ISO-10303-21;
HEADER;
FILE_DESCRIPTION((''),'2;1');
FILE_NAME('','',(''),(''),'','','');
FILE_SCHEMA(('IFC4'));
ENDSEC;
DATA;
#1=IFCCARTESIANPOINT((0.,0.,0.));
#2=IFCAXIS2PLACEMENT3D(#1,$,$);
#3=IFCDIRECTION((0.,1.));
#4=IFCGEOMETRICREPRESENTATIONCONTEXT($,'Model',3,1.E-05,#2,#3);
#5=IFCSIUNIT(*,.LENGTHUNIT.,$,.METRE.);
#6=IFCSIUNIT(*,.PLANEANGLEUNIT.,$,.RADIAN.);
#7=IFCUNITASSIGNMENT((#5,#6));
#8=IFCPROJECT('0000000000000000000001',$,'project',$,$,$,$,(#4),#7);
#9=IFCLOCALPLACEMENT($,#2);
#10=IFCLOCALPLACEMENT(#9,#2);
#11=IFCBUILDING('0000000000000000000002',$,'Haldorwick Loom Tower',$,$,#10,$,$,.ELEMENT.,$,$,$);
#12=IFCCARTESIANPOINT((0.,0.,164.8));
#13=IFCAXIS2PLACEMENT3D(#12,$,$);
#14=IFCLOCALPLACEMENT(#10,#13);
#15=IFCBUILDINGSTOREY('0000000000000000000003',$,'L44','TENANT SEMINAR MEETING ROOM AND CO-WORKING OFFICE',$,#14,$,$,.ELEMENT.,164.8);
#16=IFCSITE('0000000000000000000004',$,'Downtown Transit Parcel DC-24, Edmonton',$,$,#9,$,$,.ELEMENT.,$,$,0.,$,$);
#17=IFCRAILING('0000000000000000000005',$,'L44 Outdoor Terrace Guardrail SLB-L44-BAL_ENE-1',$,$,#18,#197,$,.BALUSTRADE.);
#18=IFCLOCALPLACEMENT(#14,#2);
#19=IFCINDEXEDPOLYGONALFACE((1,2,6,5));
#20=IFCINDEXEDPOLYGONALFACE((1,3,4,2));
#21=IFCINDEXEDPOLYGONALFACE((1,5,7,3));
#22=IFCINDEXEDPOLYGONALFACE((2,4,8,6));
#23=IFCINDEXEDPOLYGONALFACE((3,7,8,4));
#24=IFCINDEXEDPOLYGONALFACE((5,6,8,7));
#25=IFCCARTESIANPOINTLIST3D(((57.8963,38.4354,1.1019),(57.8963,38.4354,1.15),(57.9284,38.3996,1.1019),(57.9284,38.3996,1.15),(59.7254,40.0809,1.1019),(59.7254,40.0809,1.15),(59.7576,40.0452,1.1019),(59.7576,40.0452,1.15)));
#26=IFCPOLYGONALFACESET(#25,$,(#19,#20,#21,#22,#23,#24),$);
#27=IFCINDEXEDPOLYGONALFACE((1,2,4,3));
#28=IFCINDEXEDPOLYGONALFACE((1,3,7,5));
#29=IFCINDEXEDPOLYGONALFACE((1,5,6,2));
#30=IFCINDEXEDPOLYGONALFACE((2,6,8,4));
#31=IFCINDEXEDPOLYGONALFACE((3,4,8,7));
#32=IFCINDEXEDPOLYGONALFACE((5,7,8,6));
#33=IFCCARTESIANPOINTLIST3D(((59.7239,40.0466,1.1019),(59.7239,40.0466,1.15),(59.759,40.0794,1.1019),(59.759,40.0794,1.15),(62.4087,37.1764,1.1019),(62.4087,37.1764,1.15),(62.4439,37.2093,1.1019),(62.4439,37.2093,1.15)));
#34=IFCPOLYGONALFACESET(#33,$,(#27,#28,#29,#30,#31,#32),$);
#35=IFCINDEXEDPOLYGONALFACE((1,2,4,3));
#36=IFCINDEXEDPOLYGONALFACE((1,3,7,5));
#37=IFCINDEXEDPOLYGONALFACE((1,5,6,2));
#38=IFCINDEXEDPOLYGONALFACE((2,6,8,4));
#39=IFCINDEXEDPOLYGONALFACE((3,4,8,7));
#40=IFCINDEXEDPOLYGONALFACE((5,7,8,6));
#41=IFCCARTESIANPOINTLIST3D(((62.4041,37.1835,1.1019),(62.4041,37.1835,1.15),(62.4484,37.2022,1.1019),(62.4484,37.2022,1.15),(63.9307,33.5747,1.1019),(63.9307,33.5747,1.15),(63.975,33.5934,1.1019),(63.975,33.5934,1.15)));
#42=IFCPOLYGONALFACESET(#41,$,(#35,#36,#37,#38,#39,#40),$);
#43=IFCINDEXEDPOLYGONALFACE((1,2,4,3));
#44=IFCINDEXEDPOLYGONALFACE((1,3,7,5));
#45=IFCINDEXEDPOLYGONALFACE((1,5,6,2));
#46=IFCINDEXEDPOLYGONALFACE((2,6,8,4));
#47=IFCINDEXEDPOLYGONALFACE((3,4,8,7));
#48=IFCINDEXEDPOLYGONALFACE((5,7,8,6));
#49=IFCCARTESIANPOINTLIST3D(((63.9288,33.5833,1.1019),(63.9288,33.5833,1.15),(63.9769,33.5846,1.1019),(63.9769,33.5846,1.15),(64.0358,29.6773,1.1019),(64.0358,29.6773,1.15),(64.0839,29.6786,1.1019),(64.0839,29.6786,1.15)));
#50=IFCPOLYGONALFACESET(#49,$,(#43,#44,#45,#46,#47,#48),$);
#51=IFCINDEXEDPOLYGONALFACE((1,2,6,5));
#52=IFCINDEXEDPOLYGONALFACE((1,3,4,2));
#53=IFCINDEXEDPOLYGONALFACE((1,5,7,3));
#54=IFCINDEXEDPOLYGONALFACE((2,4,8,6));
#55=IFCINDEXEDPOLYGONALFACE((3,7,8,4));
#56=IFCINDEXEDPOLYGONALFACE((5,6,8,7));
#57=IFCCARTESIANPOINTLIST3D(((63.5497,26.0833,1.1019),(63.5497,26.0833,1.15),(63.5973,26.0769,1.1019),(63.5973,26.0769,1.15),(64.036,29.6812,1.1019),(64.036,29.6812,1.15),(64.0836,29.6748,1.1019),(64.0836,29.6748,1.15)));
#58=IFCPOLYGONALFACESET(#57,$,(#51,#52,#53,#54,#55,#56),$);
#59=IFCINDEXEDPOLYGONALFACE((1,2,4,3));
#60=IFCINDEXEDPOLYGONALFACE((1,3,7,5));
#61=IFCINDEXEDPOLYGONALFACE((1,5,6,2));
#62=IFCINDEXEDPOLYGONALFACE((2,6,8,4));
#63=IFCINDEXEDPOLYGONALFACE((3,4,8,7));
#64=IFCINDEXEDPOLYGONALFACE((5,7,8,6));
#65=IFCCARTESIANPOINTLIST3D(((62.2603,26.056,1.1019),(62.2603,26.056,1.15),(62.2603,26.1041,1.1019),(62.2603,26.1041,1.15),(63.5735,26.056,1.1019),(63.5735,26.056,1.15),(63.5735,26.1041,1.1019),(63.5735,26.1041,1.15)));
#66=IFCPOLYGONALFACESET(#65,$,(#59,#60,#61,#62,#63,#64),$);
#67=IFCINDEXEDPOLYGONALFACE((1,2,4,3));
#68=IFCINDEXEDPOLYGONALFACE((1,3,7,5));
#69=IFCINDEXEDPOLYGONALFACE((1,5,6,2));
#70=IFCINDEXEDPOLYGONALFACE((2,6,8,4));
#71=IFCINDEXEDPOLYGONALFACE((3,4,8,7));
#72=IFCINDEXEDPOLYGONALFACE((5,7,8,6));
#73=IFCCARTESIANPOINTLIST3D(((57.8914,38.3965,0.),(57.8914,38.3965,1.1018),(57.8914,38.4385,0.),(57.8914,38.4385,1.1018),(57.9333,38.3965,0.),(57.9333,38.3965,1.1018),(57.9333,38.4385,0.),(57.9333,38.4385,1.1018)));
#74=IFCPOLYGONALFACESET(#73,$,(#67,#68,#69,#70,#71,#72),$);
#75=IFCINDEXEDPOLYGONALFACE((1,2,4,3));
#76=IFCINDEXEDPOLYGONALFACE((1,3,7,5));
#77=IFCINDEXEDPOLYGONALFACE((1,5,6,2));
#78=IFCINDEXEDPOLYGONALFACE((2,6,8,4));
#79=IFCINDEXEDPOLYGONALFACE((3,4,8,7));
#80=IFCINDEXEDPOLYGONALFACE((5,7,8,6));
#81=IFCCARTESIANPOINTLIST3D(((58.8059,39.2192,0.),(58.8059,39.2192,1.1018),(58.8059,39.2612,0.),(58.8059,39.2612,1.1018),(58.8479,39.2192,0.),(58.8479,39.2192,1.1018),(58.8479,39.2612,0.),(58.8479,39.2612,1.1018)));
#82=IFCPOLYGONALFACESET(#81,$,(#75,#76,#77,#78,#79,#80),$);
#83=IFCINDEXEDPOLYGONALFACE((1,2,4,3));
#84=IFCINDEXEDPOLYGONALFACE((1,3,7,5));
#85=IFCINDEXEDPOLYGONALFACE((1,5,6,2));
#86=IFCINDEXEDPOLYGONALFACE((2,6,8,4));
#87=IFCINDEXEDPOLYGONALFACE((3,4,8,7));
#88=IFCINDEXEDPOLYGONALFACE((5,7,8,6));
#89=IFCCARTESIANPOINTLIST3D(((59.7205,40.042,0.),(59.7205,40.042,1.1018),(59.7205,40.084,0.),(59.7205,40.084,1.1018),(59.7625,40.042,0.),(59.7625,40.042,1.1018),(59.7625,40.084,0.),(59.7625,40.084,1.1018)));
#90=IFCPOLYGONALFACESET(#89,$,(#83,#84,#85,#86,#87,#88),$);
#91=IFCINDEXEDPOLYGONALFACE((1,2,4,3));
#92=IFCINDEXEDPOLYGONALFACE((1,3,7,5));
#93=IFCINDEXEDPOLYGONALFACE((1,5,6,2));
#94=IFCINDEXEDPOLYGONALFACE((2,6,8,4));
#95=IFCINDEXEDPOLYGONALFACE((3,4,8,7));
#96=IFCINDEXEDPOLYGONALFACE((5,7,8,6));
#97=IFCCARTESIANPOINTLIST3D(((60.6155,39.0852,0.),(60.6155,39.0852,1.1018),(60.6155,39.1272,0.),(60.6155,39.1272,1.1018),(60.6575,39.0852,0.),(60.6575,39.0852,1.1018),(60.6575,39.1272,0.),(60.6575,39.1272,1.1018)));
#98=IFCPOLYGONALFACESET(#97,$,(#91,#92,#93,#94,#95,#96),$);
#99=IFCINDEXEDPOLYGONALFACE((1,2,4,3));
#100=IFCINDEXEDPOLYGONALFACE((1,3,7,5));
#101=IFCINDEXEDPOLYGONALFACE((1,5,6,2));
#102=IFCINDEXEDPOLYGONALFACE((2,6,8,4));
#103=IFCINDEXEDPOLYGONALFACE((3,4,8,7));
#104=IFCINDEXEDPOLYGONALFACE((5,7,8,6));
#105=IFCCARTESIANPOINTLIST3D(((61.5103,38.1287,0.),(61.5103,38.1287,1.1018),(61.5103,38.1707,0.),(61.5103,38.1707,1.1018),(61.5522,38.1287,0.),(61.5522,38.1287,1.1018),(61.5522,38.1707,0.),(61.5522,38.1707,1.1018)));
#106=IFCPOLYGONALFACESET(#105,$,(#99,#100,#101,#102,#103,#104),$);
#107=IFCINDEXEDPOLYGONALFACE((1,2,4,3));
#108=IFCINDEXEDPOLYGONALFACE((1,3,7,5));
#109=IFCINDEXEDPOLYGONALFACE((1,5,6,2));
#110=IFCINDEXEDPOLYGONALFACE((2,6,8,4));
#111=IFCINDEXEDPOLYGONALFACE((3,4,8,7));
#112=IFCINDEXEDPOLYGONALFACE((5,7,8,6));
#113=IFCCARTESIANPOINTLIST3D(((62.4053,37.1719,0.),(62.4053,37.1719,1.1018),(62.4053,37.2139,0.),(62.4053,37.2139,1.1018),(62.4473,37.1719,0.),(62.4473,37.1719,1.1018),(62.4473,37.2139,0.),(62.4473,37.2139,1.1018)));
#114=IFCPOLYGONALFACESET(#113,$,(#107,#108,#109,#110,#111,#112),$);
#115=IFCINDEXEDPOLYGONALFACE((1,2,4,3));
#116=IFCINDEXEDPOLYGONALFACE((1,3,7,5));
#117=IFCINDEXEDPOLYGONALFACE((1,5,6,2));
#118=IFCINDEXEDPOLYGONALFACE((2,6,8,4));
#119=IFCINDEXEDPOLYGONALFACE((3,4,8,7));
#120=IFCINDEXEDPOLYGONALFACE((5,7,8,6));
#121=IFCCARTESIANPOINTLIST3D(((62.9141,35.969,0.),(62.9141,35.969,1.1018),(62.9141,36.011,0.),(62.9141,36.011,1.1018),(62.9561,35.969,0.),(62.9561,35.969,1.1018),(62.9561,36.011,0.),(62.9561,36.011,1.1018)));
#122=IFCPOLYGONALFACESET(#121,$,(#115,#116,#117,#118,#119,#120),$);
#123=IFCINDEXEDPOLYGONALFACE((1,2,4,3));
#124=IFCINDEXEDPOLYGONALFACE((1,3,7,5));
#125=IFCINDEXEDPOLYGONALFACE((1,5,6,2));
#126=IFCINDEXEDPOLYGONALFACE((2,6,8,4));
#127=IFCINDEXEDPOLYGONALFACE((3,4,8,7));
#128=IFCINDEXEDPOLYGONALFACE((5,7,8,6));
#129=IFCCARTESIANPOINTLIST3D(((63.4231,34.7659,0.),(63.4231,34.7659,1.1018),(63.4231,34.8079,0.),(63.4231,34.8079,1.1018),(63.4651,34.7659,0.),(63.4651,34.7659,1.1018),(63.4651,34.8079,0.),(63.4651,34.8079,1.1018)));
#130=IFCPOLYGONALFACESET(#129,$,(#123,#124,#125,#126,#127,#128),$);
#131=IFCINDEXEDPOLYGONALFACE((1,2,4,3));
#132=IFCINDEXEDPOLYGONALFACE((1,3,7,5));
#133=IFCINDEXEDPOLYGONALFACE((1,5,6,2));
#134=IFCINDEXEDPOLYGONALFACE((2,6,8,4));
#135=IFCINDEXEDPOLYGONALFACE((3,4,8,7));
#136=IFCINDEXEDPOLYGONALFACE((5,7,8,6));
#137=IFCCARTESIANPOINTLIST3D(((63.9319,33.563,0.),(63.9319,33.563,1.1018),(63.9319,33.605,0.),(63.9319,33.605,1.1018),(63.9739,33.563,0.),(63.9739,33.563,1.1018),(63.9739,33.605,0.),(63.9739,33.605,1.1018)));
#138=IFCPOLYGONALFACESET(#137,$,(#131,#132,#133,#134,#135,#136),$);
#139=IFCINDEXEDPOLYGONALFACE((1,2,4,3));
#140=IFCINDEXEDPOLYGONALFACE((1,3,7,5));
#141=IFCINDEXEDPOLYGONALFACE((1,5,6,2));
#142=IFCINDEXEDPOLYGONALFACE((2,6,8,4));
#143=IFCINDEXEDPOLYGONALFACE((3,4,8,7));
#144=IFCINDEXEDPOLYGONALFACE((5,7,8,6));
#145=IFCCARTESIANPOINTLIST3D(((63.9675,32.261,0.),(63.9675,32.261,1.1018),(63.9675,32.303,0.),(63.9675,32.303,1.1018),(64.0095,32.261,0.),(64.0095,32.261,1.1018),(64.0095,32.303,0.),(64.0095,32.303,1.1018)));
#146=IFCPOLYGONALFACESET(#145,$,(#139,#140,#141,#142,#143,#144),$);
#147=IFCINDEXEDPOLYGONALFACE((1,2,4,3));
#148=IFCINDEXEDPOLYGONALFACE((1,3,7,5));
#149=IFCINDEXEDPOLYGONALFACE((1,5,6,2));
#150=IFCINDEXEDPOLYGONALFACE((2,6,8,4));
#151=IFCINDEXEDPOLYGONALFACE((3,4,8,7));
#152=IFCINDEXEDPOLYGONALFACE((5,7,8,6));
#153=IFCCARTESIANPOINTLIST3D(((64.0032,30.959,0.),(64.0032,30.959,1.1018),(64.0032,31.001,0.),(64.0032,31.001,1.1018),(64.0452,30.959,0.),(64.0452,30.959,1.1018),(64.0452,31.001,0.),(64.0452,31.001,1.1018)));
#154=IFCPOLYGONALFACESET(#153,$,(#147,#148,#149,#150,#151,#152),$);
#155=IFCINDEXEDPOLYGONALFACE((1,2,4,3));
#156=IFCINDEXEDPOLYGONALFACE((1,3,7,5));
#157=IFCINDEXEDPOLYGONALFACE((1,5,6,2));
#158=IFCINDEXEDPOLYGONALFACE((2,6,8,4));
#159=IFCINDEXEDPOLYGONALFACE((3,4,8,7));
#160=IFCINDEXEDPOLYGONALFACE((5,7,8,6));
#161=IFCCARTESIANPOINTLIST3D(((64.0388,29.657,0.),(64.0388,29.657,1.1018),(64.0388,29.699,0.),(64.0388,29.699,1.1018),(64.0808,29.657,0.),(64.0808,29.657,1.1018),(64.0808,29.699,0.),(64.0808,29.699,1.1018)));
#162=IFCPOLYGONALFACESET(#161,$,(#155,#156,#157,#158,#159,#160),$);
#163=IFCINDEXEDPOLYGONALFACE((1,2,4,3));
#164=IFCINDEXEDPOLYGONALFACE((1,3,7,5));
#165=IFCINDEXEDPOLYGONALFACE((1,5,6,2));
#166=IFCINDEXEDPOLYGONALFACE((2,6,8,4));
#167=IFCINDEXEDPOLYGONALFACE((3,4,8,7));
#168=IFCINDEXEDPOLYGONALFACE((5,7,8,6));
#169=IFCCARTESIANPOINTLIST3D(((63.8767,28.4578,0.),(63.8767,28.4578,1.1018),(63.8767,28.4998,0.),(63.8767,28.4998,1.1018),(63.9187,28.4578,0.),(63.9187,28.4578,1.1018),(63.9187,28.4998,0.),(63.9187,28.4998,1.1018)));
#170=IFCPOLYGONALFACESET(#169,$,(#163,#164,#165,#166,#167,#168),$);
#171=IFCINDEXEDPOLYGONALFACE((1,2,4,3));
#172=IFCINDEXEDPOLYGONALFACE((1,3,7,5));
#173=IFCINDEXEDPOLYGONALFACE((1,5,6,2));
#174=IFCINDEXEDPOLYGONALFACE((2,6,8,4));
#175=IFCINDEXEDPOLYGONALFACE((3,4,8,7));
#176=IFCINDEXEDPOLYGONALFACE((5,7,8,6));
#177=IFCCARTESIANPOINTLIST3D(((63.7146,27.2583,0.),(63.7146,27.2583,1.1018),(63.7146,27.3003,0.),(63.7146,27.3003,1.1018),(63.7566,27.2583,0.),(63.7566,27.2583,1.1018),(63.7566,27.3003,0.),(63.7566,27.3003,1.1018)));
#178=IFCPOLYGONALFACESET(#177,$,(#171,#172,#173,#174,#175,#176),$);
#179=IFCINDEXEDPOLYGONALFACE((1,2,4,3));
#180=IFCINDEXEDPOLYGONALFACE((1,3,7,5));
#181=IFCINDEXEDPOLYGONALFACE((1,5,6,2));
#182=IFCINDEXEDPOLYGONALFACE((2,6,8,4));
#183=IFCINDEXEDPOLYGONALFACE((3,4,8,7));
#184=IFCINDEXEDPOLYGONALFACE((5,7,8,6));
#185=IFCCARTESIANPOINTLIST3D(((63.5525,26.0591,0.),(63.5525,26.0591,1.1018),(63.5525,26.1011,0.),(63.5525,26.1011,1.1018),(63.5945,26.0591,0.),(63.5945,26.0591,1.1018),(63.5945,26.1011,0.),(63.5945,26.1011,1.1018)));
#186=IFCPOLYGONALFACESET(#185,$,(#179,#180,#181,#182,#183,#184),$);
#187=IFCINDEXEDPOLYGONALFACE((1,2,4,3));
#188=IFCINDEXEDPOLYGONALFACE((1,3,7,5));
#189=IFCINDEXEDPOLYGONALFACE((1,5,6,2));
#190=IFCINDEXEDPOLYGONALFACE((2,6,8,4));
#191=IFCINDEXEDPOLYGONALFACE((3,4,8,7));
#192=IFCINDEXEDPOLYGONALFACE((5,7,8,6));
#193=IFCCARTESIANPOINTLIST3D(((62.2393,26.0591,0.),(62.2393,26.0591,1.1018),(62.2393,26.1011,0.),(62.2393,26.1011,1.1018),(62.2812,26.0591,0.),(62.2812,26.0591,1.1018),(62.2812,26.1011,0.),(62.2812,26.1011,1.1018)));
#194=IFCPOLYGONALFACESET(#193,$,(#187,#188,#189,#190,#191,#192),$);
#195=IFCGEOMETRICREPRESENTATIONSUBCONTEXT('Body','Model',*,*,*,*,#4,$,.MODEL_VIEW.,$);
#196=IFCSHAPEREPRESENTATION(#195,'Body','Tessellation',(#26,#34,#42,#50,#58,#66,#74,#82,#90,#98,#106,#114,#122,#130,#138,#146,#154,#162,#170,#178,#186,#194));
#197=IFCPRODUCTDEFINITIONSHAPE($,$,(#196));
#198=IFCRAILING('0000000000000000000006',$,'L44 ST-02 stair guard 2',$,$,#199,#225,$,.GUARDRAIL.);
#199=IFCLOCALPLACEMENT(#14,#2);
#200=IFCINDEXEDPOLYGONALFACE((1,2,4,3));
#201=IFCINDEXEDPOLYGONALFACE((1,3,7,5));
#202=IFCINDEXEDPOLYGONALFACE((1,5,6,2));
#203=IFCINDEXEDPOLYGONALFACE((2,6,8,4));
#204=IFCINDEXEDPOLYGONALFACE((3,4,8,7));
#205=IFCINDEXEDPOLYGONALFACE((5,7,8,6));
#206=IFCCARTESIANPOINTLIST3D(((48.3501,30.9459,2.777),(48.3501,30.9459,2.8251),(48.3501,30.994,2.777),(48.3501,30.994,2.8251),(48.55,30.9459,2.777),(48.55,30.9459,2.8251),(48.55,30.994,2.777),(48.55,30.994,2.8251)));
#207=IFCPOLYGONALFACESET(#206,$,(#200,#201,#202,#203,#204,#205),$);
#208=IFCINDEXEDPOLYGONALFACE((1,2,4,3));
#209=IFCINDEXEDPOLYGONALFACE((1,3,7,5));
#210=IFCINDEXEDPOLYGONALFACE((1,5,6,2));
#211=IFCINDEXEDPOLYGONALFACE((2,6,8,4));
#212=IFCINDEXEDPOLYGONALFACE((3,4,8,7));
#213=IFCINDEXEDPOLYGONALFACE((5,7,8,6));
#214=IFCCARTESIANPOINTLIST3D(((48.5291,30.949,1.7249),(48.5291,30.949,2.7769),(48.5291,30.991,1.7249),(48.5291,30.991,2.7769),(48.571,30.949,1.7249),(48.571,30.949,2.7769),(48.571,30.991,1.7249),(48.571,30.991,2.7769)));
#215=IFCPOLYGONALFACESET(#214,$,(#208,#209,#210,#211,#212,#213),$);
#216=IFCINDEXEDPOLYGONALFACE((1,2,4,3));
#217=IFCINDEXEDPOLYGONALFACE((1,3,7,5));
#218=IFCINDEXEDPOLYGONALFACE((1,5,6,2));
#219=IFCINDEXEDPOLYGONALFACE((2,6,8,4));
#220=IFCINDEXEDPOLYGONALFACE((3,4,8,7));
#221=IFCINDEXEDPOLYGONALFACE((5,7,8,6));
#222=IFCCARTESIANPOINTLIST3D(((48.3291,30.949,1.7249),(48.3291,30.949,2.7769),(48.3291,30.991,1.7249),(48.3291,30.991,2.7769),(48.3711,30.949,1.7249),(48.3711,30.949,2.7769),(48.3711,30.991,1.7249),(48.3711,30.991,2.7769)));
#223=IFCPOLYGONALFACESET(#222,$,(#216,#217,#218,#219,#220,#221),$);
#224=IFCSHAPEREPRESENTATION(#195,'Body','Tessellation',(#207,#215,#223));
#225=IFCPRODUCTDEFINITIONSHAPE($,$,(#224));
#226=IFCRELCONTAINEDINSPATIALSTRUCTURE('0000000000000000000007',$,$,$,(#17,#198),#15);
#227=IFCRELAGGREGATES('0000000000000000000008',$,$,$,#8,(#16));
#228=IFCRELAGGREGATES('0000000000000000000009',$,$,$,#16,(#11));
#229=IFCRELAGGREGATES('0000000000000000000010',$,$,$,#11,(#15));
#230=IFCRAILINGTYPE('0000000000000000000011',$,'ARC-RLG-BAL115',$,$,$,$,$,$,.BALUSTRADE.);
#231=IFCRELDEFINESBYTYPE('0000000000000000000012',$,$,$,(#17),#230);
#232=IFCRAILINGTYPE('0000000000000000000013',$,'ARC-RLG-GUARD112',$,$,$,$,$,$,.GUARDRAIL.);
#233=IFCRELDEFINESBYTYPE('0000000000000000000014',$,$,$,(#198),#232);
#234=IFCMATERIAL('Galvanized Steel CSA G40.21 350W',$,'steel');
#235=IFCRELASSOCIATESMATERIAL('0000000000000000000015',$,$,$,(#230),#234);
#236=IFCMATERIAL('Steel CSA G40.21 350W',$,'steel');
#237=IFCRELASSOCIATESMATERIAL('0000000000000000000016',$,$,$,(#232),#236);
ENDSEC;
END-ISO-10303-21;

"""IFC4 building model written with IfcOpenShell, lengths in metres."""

from ifc_helpers import new_model, si_unit, direction, frame, origin, origin_2d, place, context, subcontext, project, spatial, rectangle, extrude, material, type_object, element, save


model = new_model("IFC4")

# Units and contexts
model_context = context("Model", 3, precision=1e-05, world=origin(), true_north=direction((0.0, 1.0)))
body_context = subcontext(model_context, "Body", "Model", "MODEL_VIEW")
ifc_project = project(units=[si_unit("LENGTHUNIT", "METRE"), si_unit("PLANEANGLEUNIT", "RADIAN")], contexts=[model_context])

# Site, building, storey
site_placement = place(None, origin())
site = spatial("IfcSite", under=ifc_project, at=site_placement, Name="Downtown Transit Parcel DC-24, Edmonton", CompositionType="ELEMENT", RefElevation=0.0)
building_placement = place(site_placement, origin())
building = spatial("IfcBuilding", under=site, at=building_placement, Name="Haldorwick Loom Tower", CompositionType="ELEMENT")
storey_placement = place(building_placement, frame((0.0, 0.0, 164.8)))
storey = spatial("IfcBuildingStorey", under=building, at=storey_placement, Name="L44", Description="TENANT SEMINAR MEETING ROOM AND CO-WORKING OFFICE", CompositionType="ELEMENT", Elevation=164.8)

# Shared definitions
ifc_material_1 = material(Name="Steel CSA G40.21 350W", Category="steel")

# Railings
ifc_material_2 = material(Name="Galvanized Steel CSA G40.21 350W", Category="steel")
railing_type_1 = type_object("IfcRailingType", Name="ARC-RLG-BAL115", PredefinedType="BALUSTRADE", material=ifc_material_2)
railing_1_placement = place(storey_placement, frame((57.9124, 38.4175, 0.0)))
element("IfcRailing", 1, at=railing_1_placement, inside=storey, type_object=railing_type_1, Name="L44 Outdoor Terrace Guardrail SLB-L44-BAL_ENE-1", PredefinedType="BALUSTRADE", context=body_context, shape_type="SweptSolid", body=[
    extrude(rectangle(XDim=0.0481, YDim=0.0481, at=origin_2d()), frame((0.0, 0.0, 1.126), z_axis=(0.743432, 0.668811, 0.0), x_axis=(-0.668811, 0.743432, 0.0)), (0.0, 0.0, 1.0), 2.4604),
    extrude(rectangle(XDim=0.0481, YDim=0.0481, at=origin_2d()), frame((1.8291, 1.6455, 1.126), z_axis=(0.683139, -0.730288, 0.0), x_axis=(0.730288, 0.683139, 0.0)), (0.0, 0.0, 1.0), 3.9302),
    extrude(rectangle(XDim=0.0481, YDim=0.0481, at=origin_2d()), frame((4.5139, -1.2246, 1.126), z_axis=(0.389591, -0.920988, 0.0), x_axis=(0.920988, 0.389591, 0.0)), (0.0, 0.0, 1.0), 3.9185),
    extrude(rectangle(XDim=0.0481, YDim=0.0481, at=origin_2d()), frame((6.0405, -4.8335, 1.126), z_axis=(0.027366, -0.999625, 0.0), x_axis=(0.999625, 0.027366, 0.0)), (0.0, 0.0, 1.0), 3.9075),
    extrude(rectangle(XDim=0.0481, YDim=0.0481, at=origin_2d()), frame((6.1475, -8.7395, 1.126), z_axis=(-0.133952, -0.990988, 0.0), x_axis=(0.990988, -0.133952, 0.0)), (0.0, 0.0, 1.0), 3.6306),
    extrude(rectangle(XDim=0.0481, YDim=0.0481, at=origin_2d()), frame((5.6611, -12.3374, 1.126), z_axis=(-1.0, 0.0, 0.0), x_axis=(0.0, -1.0, 0.0)), (0.0, 0.0, 1.0), 1.3132),
    extrude(rectangle(XDim=0.042, YDim=0.042, at=origin_2d()), origin(), (0.0, 0.0, 1.0), 1.1018),
    extrude(rectangle(XDim=0.042, YDim=0.042, at=origin_2d()), frame((0.9146, 0.8228, 0.0)), (0.0, 0.0, 1.0), 1.1018),
    extrude(rectangle(XDim=0.042, YDim=0.042, at=origin_2d()), frame((1.8291, 1.6455, 0.0)), (0.0, 0.0, 1.0), 1.1018),
    extrude(rectangle(XDim=0.042, YDim=0.042, at=origin_2d()), frame((2.7241, 0.6887, 0.0)), (0.0, 0.0, 1.0), 1.1018),
    extrude(rectangle(XDim=0.042, YDim=0.042, at=origin_2d()), frame((3.6189, -0.2678, 0.0)), (0.0, 0.0, 1.0), 1.1018),
    extrude(rectangle(XDim=0.042, YDim=0.042, at=origin_2d()), frame((4.5139, -1.2246, 0.0)), (0.0, 0.0, 1.0), 1.1018),
    extrude(rectangle(XDim=0.042, YDim=0.042, at=origin_2d()), frame((5.0227, -2.4275, 0.0)), (0.0, 0.0, 1.0), 1.1018),
    extrude(rectangle(XDim=0.042, YDim=0.042, at=origin_2d()), frame((5.5317, -3.6306, 0.0)), (0.0, 0.0, 1.0), 1.1018),
    extrude(rectangle(XDim=0.042, YDim=0.042, at=origin_2d()), frame((6.0405, -4.8335, 0.0)), (0.0, 0.0, 1.0), 1.1018),
    extrude(rectangle(XDim=0.042, YDim=0.042, at=origin_2d()), frame((6.0762, -6.1355, 0.0)), (0.0, 0.0, 1.0), 1.1018),
    extrude(rectangle(XDim=0.042, YDim=0.042, at=origin_2d()), frame((6.1118, -7.4375, 0.0)), (0.0, 0.0, 1.0), 1.1018),
    extrude(rectangle(XDim=0.042, YDim=0.042, at=origin_2d()), frame((6.1475, -8.7395, 0.0)), (0.0, 0.0, 1.0), 1.1018),
    extrude(rectangle(XDim=0.042, YDim=0.042, at=origin_2d()), frame((5.9854, -9.9387, 0.0)), (0.0, 0.0, 1.0), 1.1018),
    extrude(rectangle(XDim=0.042, YDim=0.042, at=origin_2d()), frame((5.8232, -11.1382, 0.0)), (0.0, 0.0, 1.0), 1.1018),
    extrude(rectangle(XDim=0.042, YDim=0.042, at=origin_2d()), frame((5.6611, -12.3374, 0.0)), (0.0, 0.0, 1.0), 1.1018),
    extrude(rectangle(XDim=0.042, YDim=0.042, at=origin_2d()), frame((4.3479, -12.3374, 0.0)), (0.0, 0.0, 1.0), 1.1018),
])
railing_type_2 = type_object("IfcRailingType", Name="ARC-RLG-GUARD112", PredefinedType="GUARDRAIL", material=ifc_material_1)
railing_2_placement = place(storey_placement, frame((48.55, 30.97, 1.7249)))
element("IfcRailing", 2, at=railing_2_placement, inside=storey, type_object=railing_type_2, Name="L44 ST-02 stair guard 2", PredefinedType="GUARDRAIL", context=body_context, shape_type="SweptSolid", body=[
    extrude(rectangle(XDim=0.0481, YDim=0.0481, at=origin_2d()), frame((0.0, 0.0, 1.0762), z_axis=(-1.0, 0.0, 0.0), x_axis=(0.0, -1.0, 0.0)), (0.0, 0.0, 1.0), 0.2),
    extrude(rectangle(XDim=0.042, YDim=0.042, at=origin_2d()), origin(), (0.0, 0.0, 1.0), 1.052),
    extrude(rectangle(XDim=0.042, YDim=0.042, at=origin_2d()), frame((-0.2, 0.0, 0.0)), (0.0, 0.0, 1.0), 1.052),
])

save(model, "model.ifc")
